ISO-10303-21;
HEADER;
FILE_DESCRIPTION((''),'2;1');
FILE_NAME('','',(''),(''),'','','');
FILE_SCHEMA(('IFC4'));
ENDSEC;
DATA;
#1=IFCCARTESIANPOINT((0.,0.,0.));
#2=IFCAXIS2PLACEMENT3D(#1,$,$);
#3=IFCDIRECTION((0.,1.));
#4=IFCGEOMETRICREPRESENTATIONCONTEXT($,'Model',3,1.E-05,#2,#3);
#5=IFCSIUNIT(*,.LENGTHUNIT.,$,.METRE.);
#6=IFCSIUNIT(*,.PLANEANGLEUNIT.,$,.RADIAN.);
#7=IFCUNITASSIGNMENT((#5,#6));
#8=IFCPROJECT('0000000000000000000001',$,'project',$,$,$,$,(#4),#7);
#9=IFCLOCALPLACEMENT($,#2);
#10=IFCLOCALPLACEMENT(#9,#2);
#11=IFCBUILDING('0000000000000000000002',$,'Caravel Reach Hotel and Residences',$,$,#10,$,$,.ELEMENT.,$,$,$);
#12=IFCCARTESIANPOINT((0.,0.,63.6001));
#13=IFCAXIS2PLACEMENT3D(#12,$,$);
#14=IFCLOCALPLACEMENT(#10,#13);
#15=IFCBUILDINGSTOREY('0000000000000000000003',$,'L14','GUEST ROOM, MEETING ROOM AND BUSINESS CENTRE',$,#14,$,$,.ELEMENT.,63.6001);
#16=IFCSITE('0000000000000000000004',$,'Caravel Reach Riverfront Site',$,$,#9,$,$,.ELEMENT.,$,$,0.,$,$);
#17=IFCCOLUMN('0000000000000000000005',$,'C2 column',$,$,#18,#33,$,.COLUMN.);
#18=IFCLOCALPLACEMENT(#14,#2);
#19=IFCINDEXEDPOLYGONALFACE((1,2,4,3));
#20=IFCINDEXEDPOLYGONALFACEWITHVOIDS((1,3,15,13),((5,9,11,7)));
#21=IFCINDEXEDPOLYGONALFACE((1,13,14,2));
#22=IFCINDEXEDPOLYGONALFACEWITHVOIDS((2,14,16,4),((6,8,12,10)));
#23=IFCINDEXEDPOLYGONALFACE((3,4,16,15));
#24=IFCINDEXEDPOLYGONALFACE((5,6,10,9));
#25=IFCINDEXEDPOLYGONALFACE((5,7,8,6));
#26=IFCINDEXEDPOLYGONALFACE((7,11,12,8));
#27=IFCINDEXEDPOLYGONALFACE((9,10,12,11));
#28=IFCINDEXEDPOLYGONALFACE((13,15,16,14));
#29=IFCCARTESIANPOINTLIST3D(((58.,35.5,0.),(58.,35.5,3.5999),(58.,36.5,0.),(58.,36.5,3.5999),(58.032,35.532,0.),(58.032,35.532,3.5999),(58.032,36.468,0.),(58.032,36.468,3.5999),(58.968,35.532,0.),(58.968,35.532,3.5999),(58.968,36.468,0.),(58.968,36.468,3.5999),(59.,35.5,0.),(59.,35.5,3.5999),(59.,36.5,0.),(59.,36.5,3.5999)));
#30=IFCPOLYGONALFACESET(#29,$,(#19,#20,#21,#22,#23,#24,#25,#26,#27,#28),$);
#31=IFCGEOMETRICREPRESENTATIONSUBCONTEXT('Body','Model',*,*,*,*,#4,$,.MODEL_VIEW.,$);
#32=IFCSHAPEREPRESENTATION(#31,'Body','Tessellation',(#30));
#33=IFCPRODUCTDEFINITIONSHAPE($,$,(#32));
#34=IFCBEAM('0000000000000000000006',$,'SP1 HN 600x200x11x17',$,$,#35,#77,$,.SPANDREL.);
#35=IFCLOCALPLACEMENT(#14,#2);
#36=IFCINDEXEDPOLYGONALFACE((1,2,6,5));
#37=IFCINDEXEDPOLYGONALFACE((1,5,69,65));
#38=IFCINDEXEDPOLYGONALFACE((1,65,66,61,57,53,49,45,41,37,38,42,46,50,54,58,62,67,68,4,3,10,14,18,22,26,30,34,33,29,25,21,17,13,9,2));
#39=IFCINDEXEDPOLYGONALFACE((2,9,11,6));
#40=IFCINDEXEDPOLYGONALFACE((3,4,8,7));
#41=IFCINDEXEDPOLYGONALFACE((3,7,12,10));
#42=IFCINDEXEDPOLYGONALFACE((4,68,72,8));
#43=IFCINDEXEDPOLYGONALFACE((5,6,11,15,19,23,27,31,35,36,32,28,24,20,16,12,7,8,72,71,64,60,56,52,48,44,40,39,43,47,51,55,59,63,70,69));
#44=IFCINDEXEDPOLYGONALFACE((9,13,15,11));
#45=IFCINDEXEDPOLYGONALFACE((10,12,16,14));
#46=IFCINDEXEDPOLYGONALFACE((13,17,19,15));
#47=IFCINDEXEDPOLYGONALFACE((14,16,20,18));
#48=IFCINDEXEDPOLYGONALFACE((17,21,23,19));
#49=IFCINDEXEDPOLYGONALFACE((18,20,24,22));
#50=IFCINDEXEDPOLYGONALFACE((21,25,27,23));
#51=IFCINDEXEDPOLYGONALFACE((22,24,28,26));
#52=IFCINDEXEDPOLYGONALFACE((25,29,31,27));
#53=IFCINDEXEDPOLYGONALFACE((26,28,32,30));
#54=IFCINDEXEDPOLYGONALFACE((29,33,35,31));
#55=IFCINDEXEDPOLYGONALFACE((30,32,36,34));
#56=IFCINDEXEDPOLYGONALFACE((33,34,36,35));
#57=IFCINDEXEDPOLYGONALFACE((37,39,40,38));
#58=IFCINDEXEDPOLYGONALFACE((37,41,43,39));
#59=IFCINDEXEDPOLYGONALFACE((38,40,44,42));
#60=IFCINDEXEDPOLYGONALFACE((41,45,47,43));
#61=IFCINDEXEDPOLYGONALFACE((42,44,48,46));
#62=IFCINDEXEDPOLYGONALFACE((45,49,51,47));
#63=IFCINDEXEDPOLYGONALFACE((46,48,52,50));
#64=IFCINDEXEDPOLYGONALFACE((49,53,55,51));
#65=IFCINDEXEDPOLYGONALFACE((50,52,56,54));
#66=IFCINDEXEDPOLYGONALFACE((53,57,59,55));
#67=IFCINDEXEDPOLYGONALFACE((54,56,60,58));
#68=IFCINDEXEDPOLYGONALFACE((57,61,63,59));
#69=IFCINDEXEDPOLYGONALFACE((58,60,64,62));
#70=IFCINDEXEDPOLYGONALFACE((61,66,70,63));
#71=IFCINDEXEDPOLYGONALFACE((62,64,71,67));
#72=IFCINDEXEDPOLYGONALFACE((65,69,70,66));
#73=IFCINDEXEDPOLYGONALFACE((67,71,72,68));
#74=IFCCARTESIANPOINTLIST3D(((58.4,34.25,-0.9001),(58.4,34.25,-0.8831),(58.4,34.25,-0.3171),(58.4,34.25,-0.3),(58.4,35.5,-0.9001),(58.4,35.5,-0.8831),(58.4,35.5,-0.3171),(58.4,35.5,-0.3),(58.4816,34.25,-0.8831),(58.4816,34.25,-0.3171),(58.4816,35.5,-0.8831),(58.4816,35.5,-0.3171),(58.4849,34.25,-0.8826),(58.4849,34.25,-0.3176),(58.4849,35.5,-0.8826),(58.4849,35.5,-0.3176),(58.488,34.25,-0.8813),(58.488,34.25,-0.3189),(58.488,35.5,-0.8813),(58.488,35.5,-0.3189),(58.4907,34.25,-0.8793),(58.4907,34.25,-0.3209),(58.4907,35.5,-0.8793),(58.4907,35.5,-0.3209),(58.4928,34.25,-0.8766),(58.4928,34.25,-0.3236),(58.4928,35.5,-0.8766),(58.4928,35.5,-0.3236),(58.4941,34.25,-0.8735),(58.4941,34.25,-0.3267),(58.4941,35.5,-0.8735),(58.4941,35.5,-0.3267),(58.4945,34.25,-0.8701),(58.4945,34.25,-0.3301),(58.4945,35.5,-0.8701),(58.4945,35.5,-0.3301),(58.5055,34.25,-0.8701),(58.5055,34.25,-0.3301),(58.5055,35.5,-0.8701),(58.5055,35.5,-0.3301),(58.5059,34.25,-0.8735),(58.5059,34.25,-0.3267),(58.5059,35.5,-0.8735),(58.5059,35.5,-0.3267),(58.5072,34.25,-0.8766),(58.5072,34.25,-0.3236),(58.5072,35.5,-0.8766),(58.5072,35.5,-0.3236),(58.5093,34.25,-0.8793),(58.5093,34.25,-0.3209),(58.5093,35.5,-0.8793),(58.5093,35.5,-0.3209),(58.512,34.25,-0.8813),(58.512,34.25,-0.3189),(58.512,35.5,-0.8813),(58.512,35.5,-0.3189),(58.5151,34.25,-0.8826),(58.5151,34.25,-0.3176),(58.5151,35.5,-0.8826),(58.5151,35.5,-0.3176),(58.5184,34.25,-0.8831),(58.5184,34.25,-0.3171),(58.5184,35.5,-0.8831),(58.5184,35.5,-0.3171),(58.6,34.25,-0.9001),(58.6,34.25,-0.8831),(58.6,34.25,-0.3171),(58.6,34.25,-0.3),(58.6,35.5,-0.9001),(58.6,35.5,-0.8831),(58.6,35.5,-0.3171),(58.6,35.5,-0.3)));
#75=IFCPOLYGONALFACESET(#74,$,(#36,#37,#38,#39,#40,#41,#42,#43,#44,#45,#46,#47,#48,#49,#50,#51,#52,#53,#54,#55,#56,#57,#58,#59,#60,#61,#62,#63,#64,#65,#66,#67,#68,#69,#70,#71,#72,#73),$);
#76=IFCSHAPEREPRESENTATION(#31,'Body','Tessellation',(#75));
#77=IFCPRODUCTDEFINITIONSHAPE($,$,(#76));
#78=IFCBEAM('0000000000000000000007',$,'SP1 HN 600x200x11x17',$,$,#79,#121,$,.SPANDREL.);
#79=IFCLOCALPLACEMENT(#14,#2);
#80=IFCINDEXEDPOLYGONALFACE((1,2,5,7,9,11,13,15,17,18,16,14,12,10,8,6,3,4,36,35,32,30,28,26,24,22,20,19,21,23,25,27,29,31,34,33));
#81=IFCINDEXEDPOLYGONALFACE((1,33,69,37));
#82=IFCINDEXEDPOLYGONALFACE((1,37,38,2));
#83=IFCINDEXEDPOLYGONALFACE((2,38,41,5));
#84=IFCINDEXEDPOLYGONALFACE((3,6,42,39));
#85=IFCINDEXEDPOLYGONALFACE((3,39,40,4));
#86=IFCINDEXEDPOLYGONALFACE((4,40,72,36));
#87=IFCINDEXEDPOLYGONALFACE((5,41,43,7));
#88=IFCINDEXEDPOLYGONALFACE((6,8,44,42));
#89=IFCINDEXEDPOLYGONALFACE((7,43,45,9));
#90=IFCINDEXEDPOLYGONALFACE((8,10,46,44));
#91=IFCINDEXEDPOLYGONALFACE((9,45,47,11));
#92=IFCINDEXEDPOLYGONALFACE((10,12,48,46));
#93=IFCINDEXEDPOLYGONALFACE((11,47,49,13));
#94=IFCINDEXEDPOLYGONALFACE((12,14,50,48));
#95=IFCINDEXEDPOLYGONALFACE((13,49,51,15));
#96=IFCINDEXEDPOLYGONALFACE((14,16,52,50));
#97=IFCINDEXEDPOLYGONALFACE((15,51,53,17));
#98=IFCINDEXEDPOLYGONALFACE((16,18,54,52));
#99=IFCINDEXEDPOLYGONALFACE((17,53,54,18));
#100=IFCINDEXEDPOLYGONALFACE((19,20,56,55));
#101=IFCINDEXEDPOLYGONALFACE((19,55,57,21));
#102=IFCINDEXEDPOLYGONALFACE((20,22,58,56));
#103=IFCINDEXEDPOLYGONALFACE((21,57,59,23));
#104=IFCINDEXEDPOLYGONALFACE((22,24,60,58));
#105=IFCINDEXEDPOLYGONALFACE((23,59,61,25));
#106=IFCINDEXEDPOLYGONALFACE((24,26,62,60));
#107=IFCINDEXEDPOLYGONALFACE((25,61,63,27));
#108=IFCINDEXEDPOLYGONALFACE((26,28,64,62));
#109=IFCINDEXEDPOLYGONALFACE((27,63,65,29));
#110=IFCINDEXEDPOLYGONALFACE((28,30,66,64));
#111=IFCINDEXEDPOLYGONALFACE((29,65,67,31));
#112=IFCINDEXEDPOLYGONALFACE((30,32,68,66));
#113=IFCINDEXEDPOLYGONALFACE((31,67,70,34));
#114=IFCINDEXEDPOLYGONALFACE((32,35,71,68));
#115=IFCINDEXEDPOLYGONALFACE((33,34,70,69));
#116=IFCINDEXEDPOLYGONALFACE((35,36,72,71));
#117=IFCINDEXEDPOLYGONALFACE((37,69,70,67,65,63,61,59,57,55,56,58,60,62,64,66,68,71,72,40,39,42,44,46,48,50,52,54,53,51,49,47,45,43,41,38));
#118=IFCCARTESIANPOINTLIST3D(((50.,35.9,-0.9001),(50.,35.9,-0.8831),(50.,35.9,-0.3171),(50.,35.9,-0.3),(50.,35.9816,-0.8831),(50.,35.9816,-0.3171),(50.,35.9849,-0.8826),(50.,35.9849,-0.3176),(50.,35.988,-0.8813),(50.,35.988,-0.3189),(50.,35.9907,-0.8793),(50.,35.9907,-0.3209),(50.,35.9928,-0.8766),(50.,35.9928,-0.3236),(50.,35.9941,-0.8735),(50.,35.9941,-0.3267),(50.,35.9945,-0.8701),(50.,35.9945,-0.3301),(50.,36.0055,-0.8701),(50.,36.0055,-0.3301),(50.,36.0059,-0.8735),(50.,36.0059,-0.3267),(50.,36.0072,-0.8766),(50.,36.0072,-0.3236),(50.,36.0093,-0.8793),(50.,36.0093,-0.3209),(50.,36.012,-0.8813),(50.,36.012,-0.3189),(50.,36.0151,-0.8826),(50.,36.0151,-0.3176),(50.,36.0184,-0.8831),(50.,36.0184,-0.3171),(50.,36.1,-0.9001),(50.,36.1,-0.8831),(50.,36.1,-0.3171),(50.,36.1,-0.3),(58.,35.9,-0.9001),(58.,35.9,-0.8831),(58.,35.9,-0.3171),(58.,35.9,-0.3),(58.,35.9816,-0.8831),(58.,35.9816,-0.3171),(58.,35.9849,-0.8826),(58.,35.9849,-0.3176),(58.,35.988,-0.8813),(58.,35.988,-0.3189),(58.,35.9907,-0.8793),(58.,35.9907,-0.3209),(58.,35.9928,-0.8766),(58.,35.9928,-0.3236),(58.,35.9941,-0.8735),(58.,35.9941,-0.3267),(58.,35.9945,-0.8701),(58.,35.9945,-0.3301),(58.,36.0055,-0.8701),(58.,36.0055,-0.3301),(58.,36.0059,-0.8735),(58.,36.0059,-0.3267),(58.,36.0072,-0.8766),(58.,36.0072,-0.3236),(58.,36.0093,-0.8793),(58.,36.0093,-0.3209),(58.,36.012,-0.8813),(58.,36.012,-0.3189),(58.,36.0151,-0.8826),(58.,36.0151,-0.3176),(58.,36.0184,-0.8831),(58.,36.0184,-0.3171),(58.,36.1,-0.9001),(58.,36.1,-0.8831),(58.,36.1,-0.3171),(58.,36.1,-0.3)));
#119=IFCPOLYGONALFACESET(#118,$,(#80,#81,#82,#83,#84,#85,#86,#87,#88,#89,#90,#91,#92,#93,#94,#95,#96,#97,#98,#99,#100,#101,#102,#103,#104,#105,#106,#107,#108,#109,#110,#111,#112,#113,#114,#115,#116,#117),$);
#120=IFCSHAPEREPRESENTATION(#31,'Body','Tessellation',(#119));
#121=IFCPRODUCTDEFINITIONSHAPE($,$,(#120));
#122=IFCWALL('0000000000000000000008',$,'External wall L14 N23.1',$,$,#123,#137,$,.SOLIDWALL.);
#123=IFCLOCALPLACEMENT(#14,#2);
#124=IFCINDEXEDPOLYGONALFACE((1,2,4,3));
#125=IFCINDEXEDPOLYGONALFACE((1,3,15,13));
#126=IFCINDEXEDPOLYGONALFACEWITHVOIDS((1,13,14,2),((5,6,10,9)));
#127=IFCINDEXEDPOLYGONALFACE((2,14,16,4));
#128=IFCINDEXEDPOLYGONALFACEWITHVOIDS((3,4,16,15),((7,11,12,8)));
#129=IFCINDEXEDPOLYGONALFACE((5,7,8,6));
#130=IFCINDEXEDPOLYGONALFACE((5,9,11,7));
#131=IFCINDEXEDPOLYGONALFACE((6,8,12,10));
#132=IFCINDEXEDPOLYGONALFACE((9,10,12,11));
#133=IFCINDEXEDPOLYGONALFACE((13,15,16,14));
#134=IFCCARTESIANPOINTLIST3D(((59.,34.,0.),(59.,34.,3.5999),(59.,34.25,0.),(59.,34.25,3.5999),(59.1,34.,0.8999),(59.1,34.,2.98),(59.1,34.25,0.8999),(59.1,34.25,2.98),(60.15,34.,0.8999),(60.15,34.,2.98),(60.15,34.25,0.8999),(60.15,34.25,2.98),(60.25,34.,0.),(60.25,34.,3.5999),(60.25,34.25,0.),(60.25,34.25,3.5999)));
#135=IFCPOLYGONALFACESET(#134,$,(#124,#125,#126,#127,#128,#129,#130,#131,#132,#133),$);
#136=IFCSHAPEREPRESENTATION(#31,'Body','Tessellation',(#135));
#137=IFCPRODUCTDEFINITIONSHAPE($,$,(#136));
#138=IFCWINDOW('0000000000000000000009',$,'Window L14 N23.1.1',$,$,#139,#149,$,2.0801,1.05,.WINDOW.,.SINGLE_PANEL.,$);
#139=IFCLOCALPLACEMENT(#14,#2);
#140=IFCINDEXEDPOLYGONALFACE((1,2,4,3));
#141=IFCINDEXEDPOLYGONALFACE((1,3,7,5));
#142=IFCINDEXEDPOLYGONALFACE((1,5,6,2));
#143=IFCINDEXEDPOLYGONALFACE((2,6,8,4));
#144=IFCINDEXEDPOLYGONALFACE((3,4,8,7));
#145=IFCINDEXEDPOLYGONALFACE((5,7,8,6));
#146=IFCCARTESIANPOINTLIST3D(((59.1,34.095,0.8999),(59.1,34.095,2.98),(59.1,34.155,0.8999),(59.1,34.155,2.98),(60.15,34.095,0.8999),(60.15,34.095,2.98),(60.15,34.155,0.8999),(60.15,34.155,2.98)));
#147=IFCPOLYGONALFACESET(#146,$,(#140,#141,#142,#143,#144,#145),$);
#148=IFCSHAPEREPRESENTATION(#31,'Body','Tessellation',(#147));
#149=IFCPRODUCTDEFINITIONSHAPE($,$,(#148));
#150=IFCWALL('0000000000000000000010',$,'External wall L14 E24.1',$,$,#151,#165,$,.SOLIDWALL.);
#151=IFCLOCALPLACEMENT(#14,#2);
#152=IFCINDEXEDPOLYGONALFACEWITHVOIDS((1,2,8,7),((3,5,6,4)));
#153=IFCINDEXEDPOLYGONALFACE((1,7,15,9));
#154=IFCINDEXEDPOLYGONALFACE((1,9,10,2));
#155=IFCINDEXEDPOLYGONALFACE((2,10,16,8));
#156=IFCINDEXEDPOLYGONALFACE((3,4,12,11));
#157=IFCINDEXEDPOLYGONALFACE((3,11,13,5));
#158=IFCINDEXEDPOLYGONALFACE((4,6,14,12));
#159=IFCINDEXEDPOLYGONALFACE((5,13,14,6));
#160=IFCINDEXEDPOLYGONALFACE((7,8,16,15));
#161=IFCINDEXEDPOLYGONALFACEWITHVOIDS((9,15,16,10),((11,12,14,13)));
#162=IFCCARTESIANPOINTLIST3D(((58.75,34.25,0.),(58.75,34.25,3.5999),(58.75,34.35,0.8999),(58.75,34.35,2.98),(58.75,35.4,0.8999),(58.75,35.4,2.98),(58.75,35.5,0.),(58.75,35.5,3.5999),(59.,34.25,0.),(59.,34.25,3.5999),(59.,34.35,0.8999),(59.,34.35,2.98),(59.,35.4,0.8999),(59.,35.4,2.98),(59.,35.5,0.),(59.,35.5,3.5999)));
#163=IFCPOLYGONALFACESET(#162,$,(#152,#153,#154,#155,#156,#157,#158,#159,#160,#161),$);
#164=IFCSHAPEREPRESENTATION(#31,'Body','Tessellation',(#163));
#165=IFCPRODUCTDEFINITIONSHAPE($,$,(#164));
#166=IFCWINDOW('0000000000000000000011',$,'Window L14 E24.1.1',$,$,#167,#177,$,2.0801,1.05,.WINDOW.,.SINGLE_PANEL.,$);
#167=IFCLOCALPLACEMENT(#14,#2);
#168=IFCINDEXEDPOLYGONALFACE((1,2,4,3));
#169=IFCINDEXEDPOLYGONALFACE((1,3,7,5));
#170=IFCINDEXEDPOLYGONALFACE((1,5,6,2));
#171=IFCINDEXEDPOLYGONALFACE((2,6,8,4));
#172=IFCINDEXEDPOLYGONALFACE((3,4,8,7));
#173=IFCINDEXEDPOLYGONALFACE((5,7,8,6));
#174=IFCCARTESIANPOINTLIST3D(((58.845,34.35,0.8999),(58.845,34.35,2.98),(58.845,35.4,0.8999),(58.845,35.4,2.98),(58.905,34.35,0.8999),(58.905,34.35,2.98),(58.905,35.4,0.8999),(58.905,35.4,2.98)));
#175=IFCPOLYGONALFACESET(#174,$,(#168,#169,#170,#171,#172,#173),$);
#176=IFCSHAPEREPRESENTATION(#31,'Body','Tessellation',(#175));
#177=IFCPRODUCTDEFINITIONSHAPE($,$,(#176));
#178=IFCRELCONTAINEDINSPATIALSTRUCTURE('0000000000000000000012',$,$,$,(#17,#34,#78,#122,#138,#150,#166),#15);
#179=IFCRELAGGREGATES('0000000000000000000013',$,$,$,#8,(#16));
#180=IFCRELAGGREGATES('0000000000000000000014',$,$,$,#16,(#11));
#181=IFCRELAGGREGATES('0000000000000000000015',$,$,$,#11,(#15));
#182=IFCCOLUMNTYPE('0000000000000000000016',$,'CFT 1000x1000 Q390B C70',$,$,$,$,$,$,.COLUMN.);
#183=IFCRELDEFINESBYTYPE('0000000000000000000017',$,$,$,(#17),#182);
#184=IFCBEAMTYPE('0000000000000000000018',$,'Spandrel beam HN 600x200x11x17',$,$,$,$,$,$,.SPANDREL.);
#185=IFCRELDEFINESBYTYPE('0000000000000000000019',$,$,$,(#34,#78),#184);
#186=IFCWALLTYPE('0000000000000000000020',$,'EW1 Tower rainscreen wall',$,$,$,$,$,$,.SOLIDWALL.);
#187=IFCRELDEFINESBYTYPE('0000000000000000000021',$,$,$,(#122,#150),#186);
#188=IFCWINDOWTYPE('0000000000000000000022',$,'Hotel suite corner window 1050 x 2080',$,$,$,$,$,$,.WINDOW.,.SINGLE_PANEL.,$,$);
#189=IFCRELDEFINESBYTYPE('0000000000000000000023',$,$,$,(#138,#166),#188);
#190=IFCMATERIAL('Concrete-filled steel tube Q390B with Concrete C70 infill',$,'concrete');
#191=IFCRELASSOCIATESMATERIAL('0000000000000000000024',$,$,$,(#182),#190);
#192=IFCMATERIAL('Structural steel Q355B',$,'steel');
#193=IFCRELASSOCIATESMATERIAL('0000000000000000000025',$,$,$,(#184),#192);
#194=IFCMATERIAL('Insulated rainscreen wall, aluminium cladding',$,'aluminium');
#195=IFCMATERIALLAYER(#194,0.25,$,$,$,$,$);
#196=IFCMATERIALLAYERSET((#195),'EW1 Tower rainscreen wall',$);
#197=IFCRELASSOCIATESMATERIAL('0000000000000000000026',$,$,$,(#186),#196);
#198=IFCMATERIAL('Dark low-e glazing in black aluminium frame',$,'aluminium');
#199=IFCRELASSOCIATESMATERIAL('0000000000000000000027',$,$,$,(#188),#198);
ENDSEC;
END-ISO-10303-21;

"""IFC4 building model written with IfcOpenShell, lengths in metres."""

from ifc_helpers import new_model, si_unit, direction, frame, frame_2d, origin, origin_2d, place, context, subcontext, project, spatial, rectangle, hollow_rectangle, i_section, extrude, material, layer, layer_set, material_profile, profile_set, type_object, element, fill, save


model = new_model("IFC4")

# Units and contexts
model_context = context("Model", 3, precision=1e-05, world=origin(), true_north=direction((0.0, 1.0)))
body_context = subcontext(model_context, "Body", "Model", "MODEL_VIEW")
ifc_project = project(units=[si_unit("LENGTHUNIT", "METRE"), si_unit("PLANEANGLEUNIT", "RADIAN")], contexts=[model_context])

# Site, building, storey
site_placement = place(None, origin())
site = spatial("IfcSite", under=ifc_project, at=site_placement, Name="Caravel Reach Riverfront Site", CompositionType="ELEMENT", RefElevation=0.0)
building_placement = place(site_placement, origin())
building = spatial("IfcBuilding", under=site, at=building_placement, Name="Caravel Reach Hotel and Residences", CompositionType="ELEMENT")
storey_placement = place(building_placement, frame((0.0, 0.0, 63.6001)))
storey = spatial("IfcBuildingStorey", under=building, at=storey_placement, Name="L14", Description="GUEST ROOM, MEETING ROOM AND BUSINESS CENTRE", CompositionType="ELEMENT", Elevation=63.6001)

# Column
ifc_material_1 = material(Name="Concrete-filled steel tube Q390B with Concrete C70 infill", Category="concrete")
ifc_material_profile_1 = material_profile(ifc_material_1, hollow_rectangle(XDim=1.0, YDim=1.0, WallThickness=0.032, at=origin_2d()), Name="RHS 1000x1000x32")
ifc_profile_set_1 = profile_set([ifc_material_profile_1], Name="Concrete-filled steel tube Q390B with Concrete C70 infill")
column_type = type_object("IfcColumnType", Name="CFT 1000x1000 Q390B C70", PredefinedType="COLUMN", material=ifc_profile_set_1)
column_placement = place(storey_placement, frame((58.5, 36.0, 0.0), z_axis=(0.0, 0.0, 1.0), x_axis=(1.0, 0.0, 0.0)))
element("IfcColumn", 1, at=column_placement, inside=storey, type_object=column_type, Name="C2 column", PredefinedType="COLUMN", context=body_context, shape_type="SweptSolid", body=[
    extrude(hollow_rectangle(XDim=1.0, YDim=1.0, WallThickness=0.032, at=origin_2d()), origin(), (0.0, 0.0, 1.0), 3.5999),
])

# Beams
ifc_material_2 = material(Name="Structural steel Q355B", Category="steel")
ifc_material_profile_2 = material_profile(ifc_material_2, i_section(OverallWidth=0.2, OverallDepth=0.6001, WebThickness=0.011, FlangeThickness=0.0171, FilletRadius=0.0129, at=origin_2d()), Name="HN 600x200x11x17")
ifc_profile_set_2 = profile_set([ifc_material_profile_2], Name="Structural steel Q355B")
beam_type = type_object("IfcBeamType", Name="Spandrel beam HN 600x200x11x17", PredefinedType="SPANDREL", material=ifc_profile_set_2)
beam_1_placement = place(storey_placement, frame((58.5, 34.25, -0.6001), z_axis=(0.0, 1.0, 0.0), x_axis=(-1.0, 0.0, 0.0)))
element("IfcBeam", 2, at=beam_1_placement, inside=storey, type_object=beam_type, Name="SP1 HN 600x200x11x17", PredefinedType="SPANDREL", context=body_context, shape_type="SweptSolid", body=[
    extrude(i_section(OverallWidth=0.2, OverallDepth=0.6001, WebThickness=0.011, FlangeThickness=0.0171, FilletRadius=0.0129, at=origin_2d()), origin(), (0.0, 0.0, 1.0), 1.25),
])
beam_2_placement = place(storey_placement, frame((58.0, 36.0, -0.6001), z_axis=(-1.0, 0.0, 0.0), x_axis=(0.0, -1.0, 0.0)))
element("IfcBeam", 3, at=beam_2_placement, inside=storey, type_object=beam_type, Name="SP1 HN 600x200x11x17", PredefinedType="SPANDREL", context=body_context, shape_type="SweptSolid", body=[
    extrude(i_section(OverallWidth=0.2, OverallDepth=0.6001, WebThickness=0.011, FlangeThickness=0.0171, FilletRadius=0.0129, at=origin_2d()), origin(), (0.0, 0.0, 1.0), 8.0),
])

# Walls, openings, windows
ifc_material_3 = material(Name="Insulated rainscreen wall, aluminium cladding", Category="aluminium")
ifc_layer = layer(ifc_material_3, 0.25)
ifc_layer_set = layer_set([ifc_layer], Name="EW1 Tower rainscreen wall")
wall_type = type_object("IfcWallType", Name="EW1 Tower rainscreen wall", PredefinedType="SOLIDWALL", material=ifc_layer_set)
wall_1_placement = place(storey_placement, frame((60.25, 34.125, 0.0), z_axis=(0.0, 0.0, 1.0), x_axis=(-1.0, 0.0, 0.0)))
wall_1 = element("IfcWall", 4, at=wall_1_placement, inside=storey, type_object=wall_type, Name="External wall L14 N23.1", PredefinedType="SOLIDWALL", context=body_context, shape_type="SweptSolid", body=[
    extrude(rectangle(XDim=1.25, YDim=0.25, at=frame_2d((0.625, 0.0))), origin(), (0.0, 0.0, 1.0), 3.5999),
])
opening_1_placement = place(wall_1_placement, frame((0.1001, 0.0, 0.8999)))
opening_1 = element("IfcOpeningElement", 5, at=opening_1_placement, cuts=wall_1, PredefinedType="OPENING", context=body_context, shape_type="SweptSolid", body=[
    extrude(rectangle(XDim=1.05, YDim=2.0801, at=frame_2d((0.5249, 1.04))), frame((0.0, 0.135, 0.0), z_axis=(0.0, -1.0, 0.0), x_axis=(1.0, 0.0, 0.0)), (0.0, 0.0, 1.0), 0.27),
])
ifc_material_4 = material(Name="Dark low-e glazing in black aluminium frame", Category="aluminium")
window_type_1 = type_object("IfcWindowType", Name="Hotel suite corner window 1050 x 2080", PartitioningType="SINGLE_PANEL", PredefinedType="WINDOW", material=ifc_material_4)
window_1_placement = place(opening_1_placement, origin())
window_1 = element("IfcWindow", 6, at=window_1_placement, inside=storey, type_object=window_type_1, Name="Window L14 N23.1.1", OverallHeight=2.0801, OverallWidth=1.05, PartitioningType="SINGLE_PANEL", PredefinedType="WINDOW", context=body_context, shape_type="SweptSolid", body=[
    extrude(rectangle(XDim=1.05, YDim=2.0801, at=frame_2d((0.5249, 1.04))), frame((0.0, 0.03, 0.0), z_axis=(0.0, -1.0, 0.0), x_axis=(1.0, 0.0, 0.0)), (0.0, 0.0, 1.0), 0.0601),
])
fill(opening_1, window_1)
wall_2_placement = place(storey_placement, frame((58.875, 34.25, 0.0), z_axis=(0.0, 0.0, 1.0), x_axis=(0.0, 1.0, 0.0)))
wall_2 = element("IfcWall", 7, at=wall_2_placement, inside=storey, type_object=wall_type, Name="External wall L14 E24.1", PredefinedType="SOLIDWALL", context=body_context, shape_type="SweptSolid", body=[
    extrude(rectangle(XDim=1.25, YDim=0.25, at=frame_2d((0.625, 0.0))), origin(), (0.0, 0.0, 1.0), 3.5999),
])
opening_2_placement = place(wall_2_placement, frame((0.1001, 0.0, 0.8999)))
opening_2 = element("IfcOpeningElement", 8, at=opening_2_placement, cuts=wall_2, PredefinedType="OPENING", context=body_context, shape_type="SweptSolid", body=[
    extrude(rectangle(XDim=1.05, YDim=2.0801, at=frame_2d((0.5249, 1.04))), frame((0.0, 0.135, 0.0), z_axis=(0.0, -1.0, 0.0), x_axis=(1.0, 0.0, 0.0)), (0.0, 0.0, 1.0), 0.27),
])
window_2_placement = place(opening_2_placement, origin())
window_2 = element("IfcWindow", 9, at=window_2_placement, inside=storey, type_object=window_type_1, Name="Window L14 E24.1.1", OverallHeight=2.0801, OverallWidth=1.05, PartitioningType="SINGLE_PANEL", PredefinedType="WINDOW", context=body_context, shape_type="SweptSolid", body=[
    extrude(rectangle(XDim=1.05, YDim=2.0801, at=frame_2d((0.5249, 1.04))), frame((0.0, 0.03, 0.0), z_axis=(0.0, -1.0, 0.0), x_axis=(1.0, 0.0, 0.0)), (0.0, 0.0, 1.0), 0.0601),
])
fill(opening_2, window_2)

save(model, "model.ifc")
